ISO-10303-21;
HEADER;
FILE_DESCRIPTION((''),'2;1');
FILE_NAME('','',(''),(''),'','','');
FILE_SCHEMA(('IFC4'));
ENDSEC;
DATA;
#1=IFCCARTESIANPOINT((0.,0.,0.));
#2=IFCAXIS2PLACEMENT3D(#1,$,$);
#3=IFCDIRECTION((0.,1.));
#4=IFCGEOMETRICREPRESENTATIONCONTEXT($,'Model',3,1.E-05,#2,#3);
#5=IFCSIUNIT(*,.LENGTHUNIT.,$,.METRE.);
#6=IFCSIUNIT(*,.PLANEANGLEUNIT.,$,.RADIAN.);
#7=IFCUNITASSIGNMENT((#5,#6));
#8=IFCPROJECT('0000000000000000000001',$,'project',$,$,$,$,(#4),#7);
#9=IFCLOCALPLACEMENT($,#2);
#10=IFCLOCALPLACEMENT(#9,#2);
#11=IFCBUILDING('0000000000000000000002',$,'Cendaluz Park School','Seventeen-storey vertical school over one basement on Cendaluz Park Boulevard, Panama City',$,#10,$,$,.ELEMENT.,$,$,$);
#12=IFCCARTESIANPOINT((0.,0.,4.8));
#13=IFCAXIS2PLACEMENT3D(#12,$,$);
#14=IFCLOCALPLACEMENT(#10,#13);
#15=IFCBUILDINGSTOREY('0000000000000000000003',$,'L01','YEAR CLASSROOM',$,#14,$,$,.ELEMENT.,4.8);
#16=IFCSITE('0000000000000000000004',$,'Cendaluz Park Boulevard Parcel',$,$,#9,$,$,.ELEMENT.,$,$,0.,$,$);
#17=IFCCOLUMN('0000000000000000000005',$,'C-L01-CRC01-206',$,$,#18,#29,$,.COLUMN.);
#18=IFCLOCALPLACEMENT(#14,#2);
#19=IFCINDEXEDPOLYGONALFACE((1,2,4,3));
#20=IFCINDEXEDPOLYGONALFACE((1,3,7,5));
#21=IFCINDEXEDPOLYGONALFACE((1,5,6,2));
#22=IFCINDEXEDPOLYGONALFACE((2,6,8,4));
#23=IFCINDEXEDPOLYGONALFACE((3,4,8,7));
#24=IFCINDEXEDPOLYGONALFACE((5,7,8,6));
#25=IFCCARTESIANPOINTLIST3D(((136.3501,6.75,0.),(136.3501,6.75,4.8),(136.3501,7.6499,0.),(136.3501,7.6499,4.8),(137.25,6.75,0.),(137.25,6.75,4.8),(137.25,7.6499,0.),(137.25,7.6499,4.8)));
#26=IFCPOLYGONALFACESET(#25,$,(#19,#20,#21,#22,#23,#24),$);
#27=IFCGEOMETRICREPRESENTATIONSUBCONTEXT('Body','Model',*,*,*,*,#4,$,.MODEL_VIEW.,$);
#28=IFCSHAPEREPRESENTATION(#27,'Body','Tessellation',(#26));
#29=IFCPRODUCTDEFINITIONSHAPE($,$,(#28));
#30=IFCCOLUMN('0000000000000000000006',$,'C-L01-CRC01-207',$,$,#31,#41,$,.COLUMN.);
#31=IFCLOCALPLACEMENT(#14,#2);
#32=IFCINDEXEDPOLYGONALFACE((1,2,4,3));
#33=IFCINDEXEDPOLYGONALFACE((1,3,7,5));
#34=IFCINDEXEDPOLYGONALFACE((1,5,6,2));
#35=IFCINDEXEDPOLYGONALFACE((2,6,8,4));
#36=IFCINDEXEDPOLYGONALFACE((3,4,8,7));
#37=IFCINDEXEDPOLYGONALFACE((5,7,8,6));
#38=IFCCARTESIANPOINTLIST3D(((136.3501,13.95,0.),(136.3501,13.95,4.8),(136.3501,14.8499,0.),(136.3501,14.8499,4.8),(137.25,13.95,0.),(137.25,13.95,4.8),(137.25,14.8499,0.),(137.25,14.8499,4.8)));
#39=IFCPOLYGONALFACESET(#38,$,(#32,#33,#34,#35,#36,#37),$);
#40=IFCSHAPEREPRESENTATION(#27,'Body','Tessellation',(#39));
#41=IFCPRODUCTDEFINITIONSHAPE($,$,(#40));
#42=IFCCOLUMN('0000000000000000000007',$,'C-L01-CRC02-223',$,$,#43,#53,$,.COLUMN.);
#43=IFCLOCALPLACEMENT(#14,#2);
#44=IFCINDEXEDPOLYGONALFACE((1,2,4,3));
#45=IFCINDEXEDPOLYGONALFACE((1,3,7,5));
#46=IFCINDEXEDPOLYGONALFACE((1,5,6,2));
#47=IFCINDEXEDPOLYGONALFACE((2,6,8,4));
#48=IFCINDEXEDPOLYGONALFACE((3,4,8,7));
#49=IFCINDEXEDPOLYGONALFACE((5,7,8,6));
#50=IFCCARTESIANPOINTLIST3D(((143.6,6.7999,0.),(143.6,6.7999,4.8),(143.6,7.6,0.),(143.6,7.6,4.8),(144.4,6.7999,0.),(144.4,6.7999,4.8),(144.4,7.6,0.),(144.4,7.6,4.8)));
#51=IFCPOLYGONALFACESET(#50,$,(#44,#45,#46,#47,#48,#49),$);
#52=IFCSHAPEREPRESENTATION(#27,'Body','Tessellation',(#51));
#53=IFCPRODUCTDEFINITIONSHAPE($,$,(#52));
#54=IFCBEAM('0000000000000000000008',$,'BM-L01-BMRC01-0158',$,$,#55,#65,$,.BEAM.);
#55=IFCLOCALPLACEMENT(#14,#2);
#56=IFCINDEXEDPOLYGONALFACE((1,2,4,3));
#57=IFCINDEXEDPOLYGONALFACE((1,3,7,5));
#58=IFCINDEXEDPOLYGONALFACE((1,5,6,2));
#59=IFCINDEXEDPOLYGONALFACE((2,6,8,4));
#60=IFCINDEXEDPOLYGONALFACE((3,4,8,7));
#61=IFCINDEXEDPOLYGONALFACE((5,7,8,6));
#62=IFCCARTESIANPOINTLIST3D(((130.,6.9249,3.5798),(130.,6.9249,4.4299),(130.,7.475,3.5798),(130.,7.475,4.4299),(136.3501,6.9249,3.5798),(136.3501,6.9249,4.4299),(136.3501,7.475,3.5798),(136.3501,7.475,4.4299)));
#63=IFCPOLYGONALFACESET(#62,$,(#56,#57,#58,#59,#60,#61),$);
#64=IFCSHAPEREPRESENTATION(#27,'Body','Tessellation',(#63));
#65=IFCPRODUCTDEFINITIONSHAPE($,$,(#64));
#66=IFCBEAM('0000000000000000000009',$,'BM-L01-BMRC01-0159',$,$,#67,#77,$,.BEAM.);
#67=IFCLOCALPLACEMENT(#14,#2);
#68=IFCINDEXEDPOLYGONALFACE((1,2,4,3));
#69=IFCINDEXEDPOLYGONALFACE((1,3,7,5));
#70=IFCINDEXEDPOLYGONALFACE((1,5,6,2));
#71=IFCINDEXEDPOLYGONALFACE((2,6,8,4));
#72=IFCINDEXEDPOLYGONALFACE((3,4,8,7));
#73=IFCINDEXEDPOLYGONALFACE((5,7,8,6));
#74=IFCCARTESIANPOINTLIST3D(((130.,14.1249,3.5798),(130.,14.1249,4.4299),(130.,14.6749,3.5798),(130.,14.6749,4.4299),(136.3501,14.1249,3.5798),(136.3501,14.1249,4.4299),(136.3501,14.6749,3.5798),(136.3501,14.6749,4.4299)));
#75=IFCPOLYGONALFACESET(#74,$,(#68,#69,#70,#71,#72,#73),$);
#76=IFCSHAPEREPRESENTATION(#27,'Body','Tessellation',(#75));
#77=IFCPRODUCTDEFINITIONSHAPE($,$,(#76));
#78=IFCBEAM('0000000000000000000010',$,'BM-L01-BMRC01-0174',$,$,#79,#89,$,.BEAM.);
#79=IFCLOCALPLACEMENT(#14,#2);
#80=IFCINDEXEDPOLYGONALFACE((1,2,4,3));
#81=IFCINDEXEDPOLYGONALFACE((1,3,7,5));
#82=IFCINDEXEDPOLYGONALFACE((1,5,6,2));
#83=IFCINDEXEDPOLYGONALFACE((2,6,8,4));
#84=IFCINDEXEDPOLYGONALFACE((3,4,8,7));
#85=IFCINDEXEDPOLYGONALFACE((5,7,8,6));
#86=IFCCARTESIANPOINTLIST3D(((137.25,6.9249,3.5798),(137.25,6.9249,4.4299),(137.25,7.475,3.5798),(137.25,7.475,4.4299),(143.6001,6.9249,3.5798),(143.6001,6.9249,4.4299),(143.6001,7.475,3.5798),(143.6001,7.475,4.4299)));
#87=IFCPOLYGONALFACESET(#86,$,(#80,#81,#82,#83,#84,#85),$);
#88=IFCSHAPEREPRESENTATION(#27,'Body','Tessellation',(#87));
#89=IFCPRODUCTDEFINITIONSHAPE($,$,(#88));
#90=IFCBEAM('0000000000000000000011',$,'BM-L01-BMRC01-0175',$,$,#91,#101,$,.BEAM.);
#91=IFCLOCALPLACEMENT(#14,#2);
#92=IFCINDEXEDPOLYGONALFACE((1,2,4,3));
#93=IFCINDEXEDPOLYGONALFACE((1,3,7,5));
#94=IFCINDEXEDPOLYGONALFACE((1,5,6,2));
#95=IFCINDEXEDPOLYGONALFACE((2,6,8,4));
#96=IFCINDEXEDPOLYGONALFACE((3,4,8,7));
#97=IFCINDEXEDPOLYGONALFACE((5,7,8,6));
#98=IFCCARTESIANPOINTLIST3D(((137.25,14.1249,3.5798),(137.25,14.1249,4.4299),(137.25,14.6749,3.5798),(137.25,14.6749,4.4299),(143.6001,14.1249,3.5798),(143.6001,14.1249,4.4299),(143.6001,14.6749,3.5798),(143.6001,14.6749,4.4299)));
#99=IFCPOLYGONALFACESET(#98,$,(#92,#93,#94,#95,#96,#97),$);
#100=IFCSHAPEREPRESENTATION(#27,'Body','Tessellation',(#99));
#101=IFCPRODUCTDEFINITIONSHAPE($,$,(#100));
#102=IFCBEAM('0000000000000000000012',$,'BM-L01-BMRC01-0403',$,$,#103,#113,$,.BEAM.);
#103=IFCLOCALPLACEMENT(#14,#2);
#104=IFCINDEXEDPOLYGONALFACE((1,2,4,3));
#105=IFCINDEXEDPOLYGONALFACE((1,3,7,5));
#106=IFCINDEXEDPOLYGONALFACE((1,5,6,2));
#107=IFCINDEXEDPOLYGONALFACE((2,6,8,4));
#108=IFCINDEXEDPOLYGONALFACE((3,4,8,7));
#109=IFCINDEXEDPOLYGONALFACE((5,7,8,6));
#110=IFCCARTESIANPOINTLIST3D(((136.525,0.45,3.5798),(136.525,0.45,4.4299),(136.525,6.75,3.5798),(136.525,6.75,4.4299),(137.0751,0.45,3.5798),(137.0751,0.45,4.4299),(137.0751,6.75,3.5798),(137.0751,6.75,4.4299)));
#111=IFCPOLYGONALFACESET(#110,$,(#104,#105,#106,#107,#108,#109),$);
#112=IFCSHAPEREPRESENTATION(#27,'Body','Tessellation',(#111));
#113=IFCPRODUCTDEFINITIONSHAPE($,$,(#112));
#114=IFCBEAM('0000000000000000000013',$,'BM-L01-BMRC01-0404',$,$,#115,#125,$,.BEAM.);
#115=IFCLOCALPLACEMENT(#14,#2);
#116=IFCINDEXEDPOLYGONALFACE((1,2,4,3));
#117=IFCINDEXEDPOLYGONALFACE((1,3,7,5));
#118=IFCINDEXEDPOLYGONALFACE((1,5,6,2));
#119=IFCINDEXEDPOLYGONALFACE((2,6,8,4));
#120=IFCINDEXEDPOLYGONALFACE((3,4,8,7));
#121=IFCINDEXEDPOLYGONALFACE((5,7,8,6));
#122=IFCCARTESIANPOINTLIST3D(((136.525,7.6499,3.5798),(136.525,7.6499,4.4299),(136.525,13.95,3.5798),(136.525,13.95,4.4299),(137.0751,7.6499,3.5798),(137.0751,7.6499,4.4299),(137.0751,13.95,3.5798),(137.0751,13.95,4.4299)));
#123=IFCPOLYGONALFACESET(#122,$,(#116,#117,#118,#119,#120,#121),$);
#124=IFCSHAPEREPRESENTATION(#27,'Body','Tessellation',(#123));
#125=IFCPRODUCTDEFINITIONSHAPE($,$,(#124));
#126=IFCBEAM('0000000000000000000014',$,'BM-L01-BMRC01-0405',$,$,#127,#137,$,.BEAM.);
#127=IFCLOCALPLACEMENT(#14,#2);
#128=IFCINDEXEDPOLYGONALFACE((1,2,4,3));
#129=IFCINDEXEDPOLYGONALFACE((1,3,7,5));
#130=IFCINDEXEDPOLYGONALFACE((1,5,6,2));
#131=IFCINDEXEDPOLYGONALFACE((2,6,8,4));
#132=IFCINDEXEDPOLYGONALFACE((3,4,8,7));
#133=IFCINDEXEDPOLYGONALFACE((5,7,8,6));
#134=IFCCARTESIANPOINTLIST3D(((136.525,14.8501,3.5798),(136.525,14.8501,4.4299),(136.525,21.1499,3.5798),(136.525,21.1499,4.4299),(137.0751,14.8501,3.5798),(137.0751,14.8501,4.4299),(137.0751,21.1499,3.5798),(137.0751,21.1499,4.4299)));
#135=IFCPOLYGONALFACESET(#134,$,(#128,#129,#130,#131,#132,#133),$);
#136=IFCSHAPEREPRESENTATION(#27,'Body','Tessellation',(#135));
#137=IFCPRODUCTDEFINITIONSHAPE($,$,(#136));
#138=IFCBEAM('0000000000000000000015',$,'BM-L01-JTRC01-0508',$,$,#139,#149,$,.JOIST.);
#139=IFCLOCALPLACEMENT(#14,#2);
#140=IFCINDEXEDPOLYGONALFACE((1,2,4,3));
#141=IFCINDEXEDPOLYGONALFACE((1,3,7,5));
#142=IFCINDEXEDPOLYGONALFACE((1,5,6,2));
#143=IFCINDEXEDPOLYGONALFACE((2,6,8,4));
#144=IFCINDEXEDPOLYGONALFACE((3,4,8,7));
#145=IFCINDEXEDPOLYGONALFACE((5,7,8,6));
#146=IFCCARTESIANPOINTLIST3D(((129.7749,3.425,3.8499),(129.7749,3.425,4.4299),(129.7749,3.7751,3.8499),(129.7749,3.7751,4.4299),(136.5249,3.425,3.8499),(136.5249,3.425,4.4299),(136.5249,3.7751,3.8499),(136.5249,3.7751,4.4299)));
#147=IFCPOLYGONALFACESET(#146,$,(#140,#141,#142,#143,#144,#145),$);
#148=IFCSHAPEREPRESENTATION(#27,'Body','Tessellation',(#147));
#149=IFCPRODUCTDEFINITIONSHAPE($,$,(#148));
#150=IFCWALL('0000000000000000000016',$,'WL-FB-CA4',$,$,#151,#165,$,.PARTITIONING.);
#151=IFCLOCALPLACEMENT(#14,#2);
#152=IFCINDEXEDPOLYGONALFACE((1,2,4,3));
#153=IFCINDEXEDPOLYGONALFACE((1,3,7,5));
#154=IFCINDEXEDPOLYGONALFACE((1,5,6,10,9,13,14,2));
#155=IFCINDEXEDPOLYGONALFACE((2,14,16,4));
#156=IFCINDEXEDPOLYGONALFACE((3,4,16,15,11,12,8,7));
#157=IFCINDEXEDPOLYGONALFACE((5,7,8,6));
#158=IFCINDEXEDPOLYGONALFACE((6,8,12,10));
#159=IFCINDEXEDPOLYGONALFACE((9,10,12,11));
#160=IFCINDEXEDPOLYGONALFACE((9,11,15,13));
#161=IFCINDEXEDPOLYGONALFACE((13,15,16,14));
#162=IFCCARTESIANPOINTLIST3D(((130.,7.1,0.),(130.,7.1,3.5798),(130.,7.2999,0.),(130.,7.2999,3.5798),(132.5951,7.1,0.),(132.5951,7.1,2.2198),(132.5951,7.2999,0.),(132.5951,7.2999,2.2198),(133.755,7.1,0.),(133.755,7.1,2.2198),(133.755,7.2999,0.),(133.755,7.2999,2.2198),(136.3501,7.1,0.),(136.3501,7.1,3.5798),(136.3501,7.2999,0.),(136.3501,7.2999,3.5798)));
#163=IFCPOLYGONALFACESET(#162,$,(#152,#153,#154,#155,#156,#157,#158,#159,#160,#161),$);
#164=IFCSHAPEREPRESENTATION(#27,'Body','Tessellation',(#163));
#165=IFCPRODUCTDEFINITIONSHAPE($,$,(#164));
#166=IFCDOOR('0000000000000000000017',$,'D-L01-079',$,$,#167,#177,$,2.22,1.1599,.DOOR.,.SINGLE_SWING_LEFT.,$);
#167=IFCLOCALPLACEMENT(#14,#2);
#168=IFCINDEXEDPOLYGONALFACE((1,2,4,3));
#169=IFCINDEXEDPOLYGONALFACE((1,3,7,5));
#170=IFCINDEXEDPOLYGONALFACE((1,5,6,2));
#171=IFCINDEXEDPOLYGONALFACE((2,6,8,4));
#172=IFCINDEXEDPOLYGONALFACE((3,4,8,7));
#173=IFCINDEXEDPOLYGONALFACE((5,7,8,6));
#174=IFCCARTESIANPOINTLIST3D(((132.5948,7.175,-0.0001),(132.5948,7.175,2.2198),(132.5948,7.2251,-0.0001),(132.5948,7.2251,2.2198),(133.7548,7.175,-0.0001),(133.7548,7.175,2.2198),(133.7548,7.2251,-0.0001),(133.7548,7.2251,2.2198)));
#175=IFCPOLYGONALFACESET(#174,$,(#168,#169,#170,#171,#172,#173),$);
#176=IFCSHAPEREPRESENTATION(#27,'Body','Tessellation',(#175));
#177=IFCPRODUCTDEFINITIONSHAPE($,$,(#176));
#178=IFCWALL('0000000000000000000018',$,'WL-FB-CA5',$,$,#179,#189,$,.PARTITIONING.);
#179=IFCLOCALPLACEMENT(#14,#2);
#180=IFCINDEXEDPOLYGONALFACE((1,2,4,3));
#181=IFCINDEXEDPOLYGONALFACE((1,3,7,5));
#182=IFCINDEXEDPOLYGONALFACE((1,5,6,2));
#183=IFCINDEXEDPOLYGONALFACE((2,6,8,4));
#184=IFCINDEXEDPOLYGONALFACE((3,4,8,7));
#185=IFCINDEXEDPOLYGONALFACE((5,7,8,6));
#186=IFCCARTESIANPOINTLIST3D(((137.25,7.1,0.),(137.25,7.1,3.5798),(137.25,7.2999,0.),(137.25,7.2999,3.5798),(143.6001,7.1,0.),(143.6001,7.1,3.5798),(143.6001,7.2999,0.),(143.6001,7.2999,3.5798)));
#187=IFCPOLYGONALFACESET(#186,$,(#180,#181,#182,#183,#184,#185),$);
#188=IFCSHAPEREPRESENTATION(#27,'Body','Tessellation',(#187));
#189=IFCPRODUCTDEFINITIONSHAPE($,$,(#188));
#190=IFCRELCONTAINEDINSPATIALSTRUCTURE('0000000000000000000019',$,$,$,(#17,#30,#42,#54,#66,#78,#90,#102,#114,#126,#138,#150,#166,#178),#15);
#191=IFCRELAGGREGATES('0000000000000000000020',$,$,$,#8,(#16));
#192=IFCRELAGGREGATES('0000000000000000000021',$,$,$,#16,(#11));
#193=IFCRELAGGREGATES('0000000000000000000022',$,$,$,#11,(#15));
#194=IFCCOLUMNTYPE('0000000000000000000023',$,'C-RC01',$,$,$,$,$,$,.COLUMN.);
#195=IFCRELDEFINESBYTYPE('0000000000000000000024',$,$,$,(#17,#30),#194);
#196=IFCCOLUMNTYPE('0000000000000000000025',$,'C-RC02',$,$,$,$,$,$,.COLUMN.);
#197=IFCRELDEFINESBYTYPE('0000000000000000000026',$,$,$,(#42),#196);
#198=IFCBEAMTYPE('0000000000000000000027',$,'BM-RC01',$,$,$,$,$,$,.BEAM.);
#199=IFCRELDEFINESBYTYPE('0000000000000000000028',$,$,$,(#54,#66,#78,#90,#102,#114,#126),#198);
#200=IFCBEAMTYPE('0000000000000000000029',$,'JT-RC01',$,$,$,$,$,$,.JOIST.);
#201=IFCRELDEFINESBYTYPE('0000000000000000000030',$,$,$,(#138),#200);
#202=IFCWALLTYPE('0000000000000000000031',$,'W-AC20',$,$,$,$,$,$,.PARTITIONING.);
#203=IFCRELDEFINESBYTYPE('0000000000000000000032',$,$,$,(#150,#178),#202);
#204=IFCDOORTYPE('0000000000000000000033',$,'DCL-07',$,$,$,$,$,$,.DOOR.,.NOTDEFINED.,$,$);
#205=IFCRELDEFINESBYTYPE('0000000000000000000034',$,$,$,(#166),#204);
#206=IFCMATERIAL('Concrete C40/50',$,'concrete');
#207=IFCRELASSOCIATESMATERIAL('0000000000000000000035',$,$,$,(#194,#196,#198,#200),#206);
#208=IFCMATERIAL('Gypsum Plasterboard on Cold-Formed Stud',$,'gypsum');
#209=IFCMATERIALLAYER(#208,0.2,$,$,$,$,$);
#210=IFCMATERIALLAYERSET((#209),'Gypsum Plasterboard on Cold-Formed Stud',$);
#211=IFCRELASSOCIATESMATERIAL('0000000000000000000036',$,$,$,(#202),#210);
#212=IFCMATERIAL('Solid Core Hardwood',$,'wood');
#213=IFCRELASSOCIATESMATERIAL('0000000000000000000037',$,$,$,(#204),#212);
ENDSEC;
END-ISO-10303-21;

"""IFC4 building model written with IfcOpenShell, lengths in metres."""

from ifc_helpers import new_model, si_unit, direction, frame, frame_2d, origin, origin_2d, place, context, subcontext, project, spatial, rectangle, extrude, material, layer, layer_set, material_profile, profile_set, type_object, element, fill, save


model = new_model("IFC4")

# Units and contexts
model_context = context("Model", 3, precision=1e-05, world=origin(), true_north=direction((0.0, 1.0)))
body_context = subcontext(model_context, "Body", "Model", "MODEL_VIEW")
ifc_project = project(units=[si_unit("LENGTHUNIT", "METRE"), si_unit("PLANEANGLEUNIT", "RADIAN")], contexts=[model_context])

# Site, building, storey
site_placement = place(None, origin())
site = spatial("IfcSite", under=ifc_project, at=site_placement, Name="Cendaluz Park Boulevard Parcel", CompositionType="ELEMENT", RefElevation=0.0)
building_placement = place(site_placement, origin())
building = spatial("IfcBuilding", under=site, at=building_placement, Name="Cendaluz Park School", Description="Seventeen-storey vertical school over one basement on Cendaluz Park Boulevard, Panama City", CompositionType="ELEMENT")
storey_placement = place(building_placement, frame((0.0, 0.0, 4.8)))
storey = spatial("IfcBuildingStorey", under=building, at=storey_placement, Name="L01", Description="YEAR CLASSROOM", CompositionType="ELEMENT", Elevation=4.8)

# Columns
ifc_material_1 = material(Name="Concrete C40/50", Category="concrete")
ifc_material_profile_1 = material_profile(ifc_material_1, rectangle(XDim=0.8999, YDim=0.8999, at=origin_2d()), Name="RC 900x900", Category="concrete")
ifc_profile_set_1 = profile_set([ifc_material_profile_1], Name="Concrete C40/50")
column_type_1 = type_object("IfcColumnType", Name="C-RC01", PredefinedType="COLUMN", material=ifc_profile_set_1)
for number, where, z_axis, x_axis, name in (
    (1, (136.8, 7.2, 0.0), (0.0, 0.0, 1.0), (1.0, 0.0, 0.0), "C-L01-CRC01-206"),
    (2, (136.8, 14.3999, 0.0), (0.0, 0.0, 1.0), (1.0, 0.0, 0.0), "C-L01-CRC01-207"),
):
    element("IfcColumn", number, at=place(storey_placement, frame(where, z_axis=z_axis, x_axis=x_axis)), inside=storey, type_object=column_type_1, Name=name, PredefinedType="COLUMN", context=body_context, shape_type="SweptSolid", body=[
        extrude(rectangle(XDim=0.8999, YDim=0.8999, at=origin_2d()), origin(), (0.0, 0.0, 1.0), 4.8),
    ])
ifc_material_profile_2 = material_profile(ifc_material_1, rectangle(XDim=0.8, YDim=0.8, at=origin_2d()), Name="RC 800x800", Category="concrete")
ifc_profile_set_2 = profile_set([ifc_material_profile_2], Name="Concrete C40/50")
column_type_2 = type_object("IfcColumnType", Name="C-RC02", PredefinedType="COLUMN", material=ifc_profile_set_2)
column_placement = place(storey_placement, frame((144.0, 7.2, 0.0), z_axis=(0.0, 0.0, 1.0), x_axis=(1.0, 0.0, 0.0)))
element("IfcColumn", 3, at=column_placement, inside=storey, type_object=column_type_2, Name="C-L01-CRC02-223", PredefinedType="COLUMN", context=body_context, shape_type="SweptSolid", body=[
    extrude(rectangle(XDim=0.8, YDim=0.8, at=origin_2d()), origin(), (0.0, 0.0, 1.0), 4.8),
])

# Beams
ifc_material_profile_3 = material_profile(ifc_material_1, rectangle(XDim=0.55, YDim=0.8501, at=origin_2d()), Name="RC 550x850", Category="concrete")
ifc_profile_set_3 = profile_set([ifc_material_profile_3], Name="Concrete C40/50")
beam_type_1 = type_object("IfcBeamType", Name="BM-RC01", PredefinedType="BEAM", material=ifc_profile_set_3)
for number, where, z_axis, x_axis, name in (
    (4, (130.0, 7.2, 4.0049), (1.0, 0.0, 0.0), (0.0, 1.0, 0.0), "BM-L01-BMRC01-0158"),
    (5, (130.0, 14.3999, 4.0049), (1.0, 0.0, 0.0), (0.0, 1.0, 0.0), "BM-L01-BMRC01-0159"),
    (6, (137.25, 7.2, 4.0049), (1.0, 0.0, 0.0), (0.0, 1.0, 0.0), "BM-L01-BMRC01-0174"),
    (7, (137.25, 14.3999, 4.0049), (1.0, 0.0, 0.0), (0.0, 1.0, 0.0), "BM-L01-BMRC01-0175"),
):
    element("IfcBeam", number, at=place(storey_placement, frame(where, z_axis=z_axis, x_axis=x_axis)), inside=storey, type_object=beam_type_1, Name=name, PredefinedType="BEAM", context=body_context, shape_type="SweptSolid", body=[
        extrude(rectangle(XDim=0.55, YDim=0.8501, at=origin_2d()), origin(), (0.0, 0.0, 1.0), 6.3501),
    ])
for number, where, z_axis, x_axis, name in (
    (8, (136.8, 0.45, 4.0049), (0.0, 1.0, 0.0), (-1.0, 0.0, 0.0), "BM-L01-BMRC01-0403"),
    (9, (136.8, 7.6499, 4.0049), (0.0, 1.0, 0.0), (-1.0, 0.0, 0.0), "BM-L01-BMRC01-0404"),
):
    element("IfcBeam", number, at=place(storey_placement, frame(where, z_axis=z_axis, x_axis=x_axis)), inside=storey, type_object=beam_type_1, Name=name, PredefinedType="BEAM", context=body_context, shape_type="SweptSolid", body=[
        extrude(rectangle(XDim=0.55, YDim=0.8501, at=origin_2d()), origin(), (0.0, 0.0, 1.0), 6.3),
    ])
beam_1_placement = place(storey_placement, frame((136.8, 14.8501, 4.0049), z_axis=(0.0, 1.0, 0.0), x_axis=(-1.0, 0.0, 0.0)))
element("IfcBeam", 10, at=beam_1_placement, inside=storey, type_object=beam_type_1, Name="BM-L01-BMRC01-0405", PredefinedType="BEAM", context=body_context, shape_type="SweptSolid", body=[
    extrude(rectangle(XDim=0.55, YDim=0.8501, at=origin_2d()), origin(), (0.0, 0.0, 1.0), 6.2998),
])
ifc_material_profile_4 = material_profile(ifc_material_1, rectangle(XDim=0.3501, YDim=0.5801, at=origin_2d()), Name="RC 350x580", Category="concrete")
ifc_profile_set_4 = profile_set([ifc_material_profile_4], Name="Concrete C40/50")
beam_type_2 = type_object("IfcBeamType", Name="JT-RC01", PredefinedType="JOIST", material=ifc_profile_set_4)
beam_2_placement = place(storey_placement, frame((129.7749, 3.6001, 4.1399), z_axis=(1.0, 0.0, 0.0), x_axis=(0.0, 1.0, 0.0)))
element("IfcBeam", 11, at=beam_2_placement, inside=storey, type_object=beam_type_2, Name="BM-L01-JTRC01-0508", PredefinedType="JOIST", context=body_context, shape_type="SweptSolid", body=[
    extrude(rectangle(XDim=0.3501, YDim=0.5801, at=origin_2d()), origin(), (0.0, 0.0, 1.0), 6.75),
])

# Wall, opening, door
ifc_material_2 = material(Name="Gypsum Plasterboard on Cold-Formed Stud", Category="gypsum")
ifc_layer_1 = layer(ifc_material_2, 0.2)
ifc_layer_set_1 = layer_set([ifc_layer_1], Name="Gypsum Plasterboard on Cold-Formed Stud")
wall_type_1 = type_object("IfcWallType", Name="W-AC20", PredefinedType="PARTITIONING", material=ifc_layer_set_1)
wall_1_placement = place(storey_placement, frame((130.0, 7.2, 0.0), z_axis=(0.0, 0.0, 1.0), x_axis=(1.0, 0.0, 0.0)))
wall_1 = element("IfcWall", 12, at=wall_1_placement, inside=storey, type_object=wall_type_1, Name="WL-FB-CA4", PredefinedType="PARTITIONING", context=body_context, shape_type="SweptSolid", body=[
    extrude(rectangle(XDim=6.3501, YDim=0.2, at=frame_2d((3.175, 0.0))), origin(), (0.0, 0.0, 1.0), 3.5798),
])
opening_1_placement = place(wall_1_placement, frame((2.595, 0.0, 0.0)))
opening_1 = element("IfcOpeningElement", 13, at=opening_1_placement, cuts=wall_1, PredefinedType="OPENING", context=body_context, shape_type="SweptSolid", body=[
    extrude(rectangle(XDim=1.1599, YDim=2.22, at=frame_2d((0.5801, 1.1099))), frame((0.0, 0.1121, 0.0), z_axis=(0.0, -1.0, 0.0), x_axis=(1.0, 0.0, 0.0)), (0.0, 0.0, 1.0), 0.2239),
])
ifc_material_3 = material(Name="Solid Core Hardwood", Category="wood")
door_type_1 = type_object("IfcDoorType", Name="DCL-07", OperationType="NOTDEFINED", PredefinedType="DOOR", material=ifc_material_3)
door_1_placement = place(opening_1_placement, frame((1.1599, 0.0, 0.0), z_axis=(0.0, 0.0, 1.0), x_axis=(-1.0, 0.0, 0.0)))
door_1 = element("IfcDoor", 14, at=door_1_placement, inside=storey, type_object=door_type_1, Name="D-L01-079", OperationType="SINGLE_SWING_LEFT", OverallHeight=2.22, OverallWidth=1.1599, PredefinedType="DOOR", context=body_context, shape_type="SweptSolid", body=[
    extrude(rectangle(XDim=1.1599, YDim=2.22, at=frame_2d((0.5801, 1.1099))), frame((0.0, 0.0249, 0.0), z_axis=(0.0, -1.0, 0.0), x_axis=(1.0, 0.0, 0.0)), (0.0, 0.0, 1.0), 0.05),
])
fill(opening_1, door_1)

# Wall
wall_2_placement = place(storey_placement, frame((137.25, 7.2, 0.0), z_axis=(0.0, 0.0, 1.0), x_axis=(1.0, 0.0, 0.0)))
element("IfcWall", 15, at=wall_2_placement, inside=storey, type_object=wall_type_1, Name="WL-FB-CA5", PredefinedType="PARTITIONING", context=body_context, shape_type="SweptSolid", body=[
    extrude(rectangle(XDim=6.3501, YDim=0.2, at=frame_2d((3.175, 0.0))), origin(), (0.0, 0.0, 1.0), 3.5798),
])

save(model, "model.ifc")
